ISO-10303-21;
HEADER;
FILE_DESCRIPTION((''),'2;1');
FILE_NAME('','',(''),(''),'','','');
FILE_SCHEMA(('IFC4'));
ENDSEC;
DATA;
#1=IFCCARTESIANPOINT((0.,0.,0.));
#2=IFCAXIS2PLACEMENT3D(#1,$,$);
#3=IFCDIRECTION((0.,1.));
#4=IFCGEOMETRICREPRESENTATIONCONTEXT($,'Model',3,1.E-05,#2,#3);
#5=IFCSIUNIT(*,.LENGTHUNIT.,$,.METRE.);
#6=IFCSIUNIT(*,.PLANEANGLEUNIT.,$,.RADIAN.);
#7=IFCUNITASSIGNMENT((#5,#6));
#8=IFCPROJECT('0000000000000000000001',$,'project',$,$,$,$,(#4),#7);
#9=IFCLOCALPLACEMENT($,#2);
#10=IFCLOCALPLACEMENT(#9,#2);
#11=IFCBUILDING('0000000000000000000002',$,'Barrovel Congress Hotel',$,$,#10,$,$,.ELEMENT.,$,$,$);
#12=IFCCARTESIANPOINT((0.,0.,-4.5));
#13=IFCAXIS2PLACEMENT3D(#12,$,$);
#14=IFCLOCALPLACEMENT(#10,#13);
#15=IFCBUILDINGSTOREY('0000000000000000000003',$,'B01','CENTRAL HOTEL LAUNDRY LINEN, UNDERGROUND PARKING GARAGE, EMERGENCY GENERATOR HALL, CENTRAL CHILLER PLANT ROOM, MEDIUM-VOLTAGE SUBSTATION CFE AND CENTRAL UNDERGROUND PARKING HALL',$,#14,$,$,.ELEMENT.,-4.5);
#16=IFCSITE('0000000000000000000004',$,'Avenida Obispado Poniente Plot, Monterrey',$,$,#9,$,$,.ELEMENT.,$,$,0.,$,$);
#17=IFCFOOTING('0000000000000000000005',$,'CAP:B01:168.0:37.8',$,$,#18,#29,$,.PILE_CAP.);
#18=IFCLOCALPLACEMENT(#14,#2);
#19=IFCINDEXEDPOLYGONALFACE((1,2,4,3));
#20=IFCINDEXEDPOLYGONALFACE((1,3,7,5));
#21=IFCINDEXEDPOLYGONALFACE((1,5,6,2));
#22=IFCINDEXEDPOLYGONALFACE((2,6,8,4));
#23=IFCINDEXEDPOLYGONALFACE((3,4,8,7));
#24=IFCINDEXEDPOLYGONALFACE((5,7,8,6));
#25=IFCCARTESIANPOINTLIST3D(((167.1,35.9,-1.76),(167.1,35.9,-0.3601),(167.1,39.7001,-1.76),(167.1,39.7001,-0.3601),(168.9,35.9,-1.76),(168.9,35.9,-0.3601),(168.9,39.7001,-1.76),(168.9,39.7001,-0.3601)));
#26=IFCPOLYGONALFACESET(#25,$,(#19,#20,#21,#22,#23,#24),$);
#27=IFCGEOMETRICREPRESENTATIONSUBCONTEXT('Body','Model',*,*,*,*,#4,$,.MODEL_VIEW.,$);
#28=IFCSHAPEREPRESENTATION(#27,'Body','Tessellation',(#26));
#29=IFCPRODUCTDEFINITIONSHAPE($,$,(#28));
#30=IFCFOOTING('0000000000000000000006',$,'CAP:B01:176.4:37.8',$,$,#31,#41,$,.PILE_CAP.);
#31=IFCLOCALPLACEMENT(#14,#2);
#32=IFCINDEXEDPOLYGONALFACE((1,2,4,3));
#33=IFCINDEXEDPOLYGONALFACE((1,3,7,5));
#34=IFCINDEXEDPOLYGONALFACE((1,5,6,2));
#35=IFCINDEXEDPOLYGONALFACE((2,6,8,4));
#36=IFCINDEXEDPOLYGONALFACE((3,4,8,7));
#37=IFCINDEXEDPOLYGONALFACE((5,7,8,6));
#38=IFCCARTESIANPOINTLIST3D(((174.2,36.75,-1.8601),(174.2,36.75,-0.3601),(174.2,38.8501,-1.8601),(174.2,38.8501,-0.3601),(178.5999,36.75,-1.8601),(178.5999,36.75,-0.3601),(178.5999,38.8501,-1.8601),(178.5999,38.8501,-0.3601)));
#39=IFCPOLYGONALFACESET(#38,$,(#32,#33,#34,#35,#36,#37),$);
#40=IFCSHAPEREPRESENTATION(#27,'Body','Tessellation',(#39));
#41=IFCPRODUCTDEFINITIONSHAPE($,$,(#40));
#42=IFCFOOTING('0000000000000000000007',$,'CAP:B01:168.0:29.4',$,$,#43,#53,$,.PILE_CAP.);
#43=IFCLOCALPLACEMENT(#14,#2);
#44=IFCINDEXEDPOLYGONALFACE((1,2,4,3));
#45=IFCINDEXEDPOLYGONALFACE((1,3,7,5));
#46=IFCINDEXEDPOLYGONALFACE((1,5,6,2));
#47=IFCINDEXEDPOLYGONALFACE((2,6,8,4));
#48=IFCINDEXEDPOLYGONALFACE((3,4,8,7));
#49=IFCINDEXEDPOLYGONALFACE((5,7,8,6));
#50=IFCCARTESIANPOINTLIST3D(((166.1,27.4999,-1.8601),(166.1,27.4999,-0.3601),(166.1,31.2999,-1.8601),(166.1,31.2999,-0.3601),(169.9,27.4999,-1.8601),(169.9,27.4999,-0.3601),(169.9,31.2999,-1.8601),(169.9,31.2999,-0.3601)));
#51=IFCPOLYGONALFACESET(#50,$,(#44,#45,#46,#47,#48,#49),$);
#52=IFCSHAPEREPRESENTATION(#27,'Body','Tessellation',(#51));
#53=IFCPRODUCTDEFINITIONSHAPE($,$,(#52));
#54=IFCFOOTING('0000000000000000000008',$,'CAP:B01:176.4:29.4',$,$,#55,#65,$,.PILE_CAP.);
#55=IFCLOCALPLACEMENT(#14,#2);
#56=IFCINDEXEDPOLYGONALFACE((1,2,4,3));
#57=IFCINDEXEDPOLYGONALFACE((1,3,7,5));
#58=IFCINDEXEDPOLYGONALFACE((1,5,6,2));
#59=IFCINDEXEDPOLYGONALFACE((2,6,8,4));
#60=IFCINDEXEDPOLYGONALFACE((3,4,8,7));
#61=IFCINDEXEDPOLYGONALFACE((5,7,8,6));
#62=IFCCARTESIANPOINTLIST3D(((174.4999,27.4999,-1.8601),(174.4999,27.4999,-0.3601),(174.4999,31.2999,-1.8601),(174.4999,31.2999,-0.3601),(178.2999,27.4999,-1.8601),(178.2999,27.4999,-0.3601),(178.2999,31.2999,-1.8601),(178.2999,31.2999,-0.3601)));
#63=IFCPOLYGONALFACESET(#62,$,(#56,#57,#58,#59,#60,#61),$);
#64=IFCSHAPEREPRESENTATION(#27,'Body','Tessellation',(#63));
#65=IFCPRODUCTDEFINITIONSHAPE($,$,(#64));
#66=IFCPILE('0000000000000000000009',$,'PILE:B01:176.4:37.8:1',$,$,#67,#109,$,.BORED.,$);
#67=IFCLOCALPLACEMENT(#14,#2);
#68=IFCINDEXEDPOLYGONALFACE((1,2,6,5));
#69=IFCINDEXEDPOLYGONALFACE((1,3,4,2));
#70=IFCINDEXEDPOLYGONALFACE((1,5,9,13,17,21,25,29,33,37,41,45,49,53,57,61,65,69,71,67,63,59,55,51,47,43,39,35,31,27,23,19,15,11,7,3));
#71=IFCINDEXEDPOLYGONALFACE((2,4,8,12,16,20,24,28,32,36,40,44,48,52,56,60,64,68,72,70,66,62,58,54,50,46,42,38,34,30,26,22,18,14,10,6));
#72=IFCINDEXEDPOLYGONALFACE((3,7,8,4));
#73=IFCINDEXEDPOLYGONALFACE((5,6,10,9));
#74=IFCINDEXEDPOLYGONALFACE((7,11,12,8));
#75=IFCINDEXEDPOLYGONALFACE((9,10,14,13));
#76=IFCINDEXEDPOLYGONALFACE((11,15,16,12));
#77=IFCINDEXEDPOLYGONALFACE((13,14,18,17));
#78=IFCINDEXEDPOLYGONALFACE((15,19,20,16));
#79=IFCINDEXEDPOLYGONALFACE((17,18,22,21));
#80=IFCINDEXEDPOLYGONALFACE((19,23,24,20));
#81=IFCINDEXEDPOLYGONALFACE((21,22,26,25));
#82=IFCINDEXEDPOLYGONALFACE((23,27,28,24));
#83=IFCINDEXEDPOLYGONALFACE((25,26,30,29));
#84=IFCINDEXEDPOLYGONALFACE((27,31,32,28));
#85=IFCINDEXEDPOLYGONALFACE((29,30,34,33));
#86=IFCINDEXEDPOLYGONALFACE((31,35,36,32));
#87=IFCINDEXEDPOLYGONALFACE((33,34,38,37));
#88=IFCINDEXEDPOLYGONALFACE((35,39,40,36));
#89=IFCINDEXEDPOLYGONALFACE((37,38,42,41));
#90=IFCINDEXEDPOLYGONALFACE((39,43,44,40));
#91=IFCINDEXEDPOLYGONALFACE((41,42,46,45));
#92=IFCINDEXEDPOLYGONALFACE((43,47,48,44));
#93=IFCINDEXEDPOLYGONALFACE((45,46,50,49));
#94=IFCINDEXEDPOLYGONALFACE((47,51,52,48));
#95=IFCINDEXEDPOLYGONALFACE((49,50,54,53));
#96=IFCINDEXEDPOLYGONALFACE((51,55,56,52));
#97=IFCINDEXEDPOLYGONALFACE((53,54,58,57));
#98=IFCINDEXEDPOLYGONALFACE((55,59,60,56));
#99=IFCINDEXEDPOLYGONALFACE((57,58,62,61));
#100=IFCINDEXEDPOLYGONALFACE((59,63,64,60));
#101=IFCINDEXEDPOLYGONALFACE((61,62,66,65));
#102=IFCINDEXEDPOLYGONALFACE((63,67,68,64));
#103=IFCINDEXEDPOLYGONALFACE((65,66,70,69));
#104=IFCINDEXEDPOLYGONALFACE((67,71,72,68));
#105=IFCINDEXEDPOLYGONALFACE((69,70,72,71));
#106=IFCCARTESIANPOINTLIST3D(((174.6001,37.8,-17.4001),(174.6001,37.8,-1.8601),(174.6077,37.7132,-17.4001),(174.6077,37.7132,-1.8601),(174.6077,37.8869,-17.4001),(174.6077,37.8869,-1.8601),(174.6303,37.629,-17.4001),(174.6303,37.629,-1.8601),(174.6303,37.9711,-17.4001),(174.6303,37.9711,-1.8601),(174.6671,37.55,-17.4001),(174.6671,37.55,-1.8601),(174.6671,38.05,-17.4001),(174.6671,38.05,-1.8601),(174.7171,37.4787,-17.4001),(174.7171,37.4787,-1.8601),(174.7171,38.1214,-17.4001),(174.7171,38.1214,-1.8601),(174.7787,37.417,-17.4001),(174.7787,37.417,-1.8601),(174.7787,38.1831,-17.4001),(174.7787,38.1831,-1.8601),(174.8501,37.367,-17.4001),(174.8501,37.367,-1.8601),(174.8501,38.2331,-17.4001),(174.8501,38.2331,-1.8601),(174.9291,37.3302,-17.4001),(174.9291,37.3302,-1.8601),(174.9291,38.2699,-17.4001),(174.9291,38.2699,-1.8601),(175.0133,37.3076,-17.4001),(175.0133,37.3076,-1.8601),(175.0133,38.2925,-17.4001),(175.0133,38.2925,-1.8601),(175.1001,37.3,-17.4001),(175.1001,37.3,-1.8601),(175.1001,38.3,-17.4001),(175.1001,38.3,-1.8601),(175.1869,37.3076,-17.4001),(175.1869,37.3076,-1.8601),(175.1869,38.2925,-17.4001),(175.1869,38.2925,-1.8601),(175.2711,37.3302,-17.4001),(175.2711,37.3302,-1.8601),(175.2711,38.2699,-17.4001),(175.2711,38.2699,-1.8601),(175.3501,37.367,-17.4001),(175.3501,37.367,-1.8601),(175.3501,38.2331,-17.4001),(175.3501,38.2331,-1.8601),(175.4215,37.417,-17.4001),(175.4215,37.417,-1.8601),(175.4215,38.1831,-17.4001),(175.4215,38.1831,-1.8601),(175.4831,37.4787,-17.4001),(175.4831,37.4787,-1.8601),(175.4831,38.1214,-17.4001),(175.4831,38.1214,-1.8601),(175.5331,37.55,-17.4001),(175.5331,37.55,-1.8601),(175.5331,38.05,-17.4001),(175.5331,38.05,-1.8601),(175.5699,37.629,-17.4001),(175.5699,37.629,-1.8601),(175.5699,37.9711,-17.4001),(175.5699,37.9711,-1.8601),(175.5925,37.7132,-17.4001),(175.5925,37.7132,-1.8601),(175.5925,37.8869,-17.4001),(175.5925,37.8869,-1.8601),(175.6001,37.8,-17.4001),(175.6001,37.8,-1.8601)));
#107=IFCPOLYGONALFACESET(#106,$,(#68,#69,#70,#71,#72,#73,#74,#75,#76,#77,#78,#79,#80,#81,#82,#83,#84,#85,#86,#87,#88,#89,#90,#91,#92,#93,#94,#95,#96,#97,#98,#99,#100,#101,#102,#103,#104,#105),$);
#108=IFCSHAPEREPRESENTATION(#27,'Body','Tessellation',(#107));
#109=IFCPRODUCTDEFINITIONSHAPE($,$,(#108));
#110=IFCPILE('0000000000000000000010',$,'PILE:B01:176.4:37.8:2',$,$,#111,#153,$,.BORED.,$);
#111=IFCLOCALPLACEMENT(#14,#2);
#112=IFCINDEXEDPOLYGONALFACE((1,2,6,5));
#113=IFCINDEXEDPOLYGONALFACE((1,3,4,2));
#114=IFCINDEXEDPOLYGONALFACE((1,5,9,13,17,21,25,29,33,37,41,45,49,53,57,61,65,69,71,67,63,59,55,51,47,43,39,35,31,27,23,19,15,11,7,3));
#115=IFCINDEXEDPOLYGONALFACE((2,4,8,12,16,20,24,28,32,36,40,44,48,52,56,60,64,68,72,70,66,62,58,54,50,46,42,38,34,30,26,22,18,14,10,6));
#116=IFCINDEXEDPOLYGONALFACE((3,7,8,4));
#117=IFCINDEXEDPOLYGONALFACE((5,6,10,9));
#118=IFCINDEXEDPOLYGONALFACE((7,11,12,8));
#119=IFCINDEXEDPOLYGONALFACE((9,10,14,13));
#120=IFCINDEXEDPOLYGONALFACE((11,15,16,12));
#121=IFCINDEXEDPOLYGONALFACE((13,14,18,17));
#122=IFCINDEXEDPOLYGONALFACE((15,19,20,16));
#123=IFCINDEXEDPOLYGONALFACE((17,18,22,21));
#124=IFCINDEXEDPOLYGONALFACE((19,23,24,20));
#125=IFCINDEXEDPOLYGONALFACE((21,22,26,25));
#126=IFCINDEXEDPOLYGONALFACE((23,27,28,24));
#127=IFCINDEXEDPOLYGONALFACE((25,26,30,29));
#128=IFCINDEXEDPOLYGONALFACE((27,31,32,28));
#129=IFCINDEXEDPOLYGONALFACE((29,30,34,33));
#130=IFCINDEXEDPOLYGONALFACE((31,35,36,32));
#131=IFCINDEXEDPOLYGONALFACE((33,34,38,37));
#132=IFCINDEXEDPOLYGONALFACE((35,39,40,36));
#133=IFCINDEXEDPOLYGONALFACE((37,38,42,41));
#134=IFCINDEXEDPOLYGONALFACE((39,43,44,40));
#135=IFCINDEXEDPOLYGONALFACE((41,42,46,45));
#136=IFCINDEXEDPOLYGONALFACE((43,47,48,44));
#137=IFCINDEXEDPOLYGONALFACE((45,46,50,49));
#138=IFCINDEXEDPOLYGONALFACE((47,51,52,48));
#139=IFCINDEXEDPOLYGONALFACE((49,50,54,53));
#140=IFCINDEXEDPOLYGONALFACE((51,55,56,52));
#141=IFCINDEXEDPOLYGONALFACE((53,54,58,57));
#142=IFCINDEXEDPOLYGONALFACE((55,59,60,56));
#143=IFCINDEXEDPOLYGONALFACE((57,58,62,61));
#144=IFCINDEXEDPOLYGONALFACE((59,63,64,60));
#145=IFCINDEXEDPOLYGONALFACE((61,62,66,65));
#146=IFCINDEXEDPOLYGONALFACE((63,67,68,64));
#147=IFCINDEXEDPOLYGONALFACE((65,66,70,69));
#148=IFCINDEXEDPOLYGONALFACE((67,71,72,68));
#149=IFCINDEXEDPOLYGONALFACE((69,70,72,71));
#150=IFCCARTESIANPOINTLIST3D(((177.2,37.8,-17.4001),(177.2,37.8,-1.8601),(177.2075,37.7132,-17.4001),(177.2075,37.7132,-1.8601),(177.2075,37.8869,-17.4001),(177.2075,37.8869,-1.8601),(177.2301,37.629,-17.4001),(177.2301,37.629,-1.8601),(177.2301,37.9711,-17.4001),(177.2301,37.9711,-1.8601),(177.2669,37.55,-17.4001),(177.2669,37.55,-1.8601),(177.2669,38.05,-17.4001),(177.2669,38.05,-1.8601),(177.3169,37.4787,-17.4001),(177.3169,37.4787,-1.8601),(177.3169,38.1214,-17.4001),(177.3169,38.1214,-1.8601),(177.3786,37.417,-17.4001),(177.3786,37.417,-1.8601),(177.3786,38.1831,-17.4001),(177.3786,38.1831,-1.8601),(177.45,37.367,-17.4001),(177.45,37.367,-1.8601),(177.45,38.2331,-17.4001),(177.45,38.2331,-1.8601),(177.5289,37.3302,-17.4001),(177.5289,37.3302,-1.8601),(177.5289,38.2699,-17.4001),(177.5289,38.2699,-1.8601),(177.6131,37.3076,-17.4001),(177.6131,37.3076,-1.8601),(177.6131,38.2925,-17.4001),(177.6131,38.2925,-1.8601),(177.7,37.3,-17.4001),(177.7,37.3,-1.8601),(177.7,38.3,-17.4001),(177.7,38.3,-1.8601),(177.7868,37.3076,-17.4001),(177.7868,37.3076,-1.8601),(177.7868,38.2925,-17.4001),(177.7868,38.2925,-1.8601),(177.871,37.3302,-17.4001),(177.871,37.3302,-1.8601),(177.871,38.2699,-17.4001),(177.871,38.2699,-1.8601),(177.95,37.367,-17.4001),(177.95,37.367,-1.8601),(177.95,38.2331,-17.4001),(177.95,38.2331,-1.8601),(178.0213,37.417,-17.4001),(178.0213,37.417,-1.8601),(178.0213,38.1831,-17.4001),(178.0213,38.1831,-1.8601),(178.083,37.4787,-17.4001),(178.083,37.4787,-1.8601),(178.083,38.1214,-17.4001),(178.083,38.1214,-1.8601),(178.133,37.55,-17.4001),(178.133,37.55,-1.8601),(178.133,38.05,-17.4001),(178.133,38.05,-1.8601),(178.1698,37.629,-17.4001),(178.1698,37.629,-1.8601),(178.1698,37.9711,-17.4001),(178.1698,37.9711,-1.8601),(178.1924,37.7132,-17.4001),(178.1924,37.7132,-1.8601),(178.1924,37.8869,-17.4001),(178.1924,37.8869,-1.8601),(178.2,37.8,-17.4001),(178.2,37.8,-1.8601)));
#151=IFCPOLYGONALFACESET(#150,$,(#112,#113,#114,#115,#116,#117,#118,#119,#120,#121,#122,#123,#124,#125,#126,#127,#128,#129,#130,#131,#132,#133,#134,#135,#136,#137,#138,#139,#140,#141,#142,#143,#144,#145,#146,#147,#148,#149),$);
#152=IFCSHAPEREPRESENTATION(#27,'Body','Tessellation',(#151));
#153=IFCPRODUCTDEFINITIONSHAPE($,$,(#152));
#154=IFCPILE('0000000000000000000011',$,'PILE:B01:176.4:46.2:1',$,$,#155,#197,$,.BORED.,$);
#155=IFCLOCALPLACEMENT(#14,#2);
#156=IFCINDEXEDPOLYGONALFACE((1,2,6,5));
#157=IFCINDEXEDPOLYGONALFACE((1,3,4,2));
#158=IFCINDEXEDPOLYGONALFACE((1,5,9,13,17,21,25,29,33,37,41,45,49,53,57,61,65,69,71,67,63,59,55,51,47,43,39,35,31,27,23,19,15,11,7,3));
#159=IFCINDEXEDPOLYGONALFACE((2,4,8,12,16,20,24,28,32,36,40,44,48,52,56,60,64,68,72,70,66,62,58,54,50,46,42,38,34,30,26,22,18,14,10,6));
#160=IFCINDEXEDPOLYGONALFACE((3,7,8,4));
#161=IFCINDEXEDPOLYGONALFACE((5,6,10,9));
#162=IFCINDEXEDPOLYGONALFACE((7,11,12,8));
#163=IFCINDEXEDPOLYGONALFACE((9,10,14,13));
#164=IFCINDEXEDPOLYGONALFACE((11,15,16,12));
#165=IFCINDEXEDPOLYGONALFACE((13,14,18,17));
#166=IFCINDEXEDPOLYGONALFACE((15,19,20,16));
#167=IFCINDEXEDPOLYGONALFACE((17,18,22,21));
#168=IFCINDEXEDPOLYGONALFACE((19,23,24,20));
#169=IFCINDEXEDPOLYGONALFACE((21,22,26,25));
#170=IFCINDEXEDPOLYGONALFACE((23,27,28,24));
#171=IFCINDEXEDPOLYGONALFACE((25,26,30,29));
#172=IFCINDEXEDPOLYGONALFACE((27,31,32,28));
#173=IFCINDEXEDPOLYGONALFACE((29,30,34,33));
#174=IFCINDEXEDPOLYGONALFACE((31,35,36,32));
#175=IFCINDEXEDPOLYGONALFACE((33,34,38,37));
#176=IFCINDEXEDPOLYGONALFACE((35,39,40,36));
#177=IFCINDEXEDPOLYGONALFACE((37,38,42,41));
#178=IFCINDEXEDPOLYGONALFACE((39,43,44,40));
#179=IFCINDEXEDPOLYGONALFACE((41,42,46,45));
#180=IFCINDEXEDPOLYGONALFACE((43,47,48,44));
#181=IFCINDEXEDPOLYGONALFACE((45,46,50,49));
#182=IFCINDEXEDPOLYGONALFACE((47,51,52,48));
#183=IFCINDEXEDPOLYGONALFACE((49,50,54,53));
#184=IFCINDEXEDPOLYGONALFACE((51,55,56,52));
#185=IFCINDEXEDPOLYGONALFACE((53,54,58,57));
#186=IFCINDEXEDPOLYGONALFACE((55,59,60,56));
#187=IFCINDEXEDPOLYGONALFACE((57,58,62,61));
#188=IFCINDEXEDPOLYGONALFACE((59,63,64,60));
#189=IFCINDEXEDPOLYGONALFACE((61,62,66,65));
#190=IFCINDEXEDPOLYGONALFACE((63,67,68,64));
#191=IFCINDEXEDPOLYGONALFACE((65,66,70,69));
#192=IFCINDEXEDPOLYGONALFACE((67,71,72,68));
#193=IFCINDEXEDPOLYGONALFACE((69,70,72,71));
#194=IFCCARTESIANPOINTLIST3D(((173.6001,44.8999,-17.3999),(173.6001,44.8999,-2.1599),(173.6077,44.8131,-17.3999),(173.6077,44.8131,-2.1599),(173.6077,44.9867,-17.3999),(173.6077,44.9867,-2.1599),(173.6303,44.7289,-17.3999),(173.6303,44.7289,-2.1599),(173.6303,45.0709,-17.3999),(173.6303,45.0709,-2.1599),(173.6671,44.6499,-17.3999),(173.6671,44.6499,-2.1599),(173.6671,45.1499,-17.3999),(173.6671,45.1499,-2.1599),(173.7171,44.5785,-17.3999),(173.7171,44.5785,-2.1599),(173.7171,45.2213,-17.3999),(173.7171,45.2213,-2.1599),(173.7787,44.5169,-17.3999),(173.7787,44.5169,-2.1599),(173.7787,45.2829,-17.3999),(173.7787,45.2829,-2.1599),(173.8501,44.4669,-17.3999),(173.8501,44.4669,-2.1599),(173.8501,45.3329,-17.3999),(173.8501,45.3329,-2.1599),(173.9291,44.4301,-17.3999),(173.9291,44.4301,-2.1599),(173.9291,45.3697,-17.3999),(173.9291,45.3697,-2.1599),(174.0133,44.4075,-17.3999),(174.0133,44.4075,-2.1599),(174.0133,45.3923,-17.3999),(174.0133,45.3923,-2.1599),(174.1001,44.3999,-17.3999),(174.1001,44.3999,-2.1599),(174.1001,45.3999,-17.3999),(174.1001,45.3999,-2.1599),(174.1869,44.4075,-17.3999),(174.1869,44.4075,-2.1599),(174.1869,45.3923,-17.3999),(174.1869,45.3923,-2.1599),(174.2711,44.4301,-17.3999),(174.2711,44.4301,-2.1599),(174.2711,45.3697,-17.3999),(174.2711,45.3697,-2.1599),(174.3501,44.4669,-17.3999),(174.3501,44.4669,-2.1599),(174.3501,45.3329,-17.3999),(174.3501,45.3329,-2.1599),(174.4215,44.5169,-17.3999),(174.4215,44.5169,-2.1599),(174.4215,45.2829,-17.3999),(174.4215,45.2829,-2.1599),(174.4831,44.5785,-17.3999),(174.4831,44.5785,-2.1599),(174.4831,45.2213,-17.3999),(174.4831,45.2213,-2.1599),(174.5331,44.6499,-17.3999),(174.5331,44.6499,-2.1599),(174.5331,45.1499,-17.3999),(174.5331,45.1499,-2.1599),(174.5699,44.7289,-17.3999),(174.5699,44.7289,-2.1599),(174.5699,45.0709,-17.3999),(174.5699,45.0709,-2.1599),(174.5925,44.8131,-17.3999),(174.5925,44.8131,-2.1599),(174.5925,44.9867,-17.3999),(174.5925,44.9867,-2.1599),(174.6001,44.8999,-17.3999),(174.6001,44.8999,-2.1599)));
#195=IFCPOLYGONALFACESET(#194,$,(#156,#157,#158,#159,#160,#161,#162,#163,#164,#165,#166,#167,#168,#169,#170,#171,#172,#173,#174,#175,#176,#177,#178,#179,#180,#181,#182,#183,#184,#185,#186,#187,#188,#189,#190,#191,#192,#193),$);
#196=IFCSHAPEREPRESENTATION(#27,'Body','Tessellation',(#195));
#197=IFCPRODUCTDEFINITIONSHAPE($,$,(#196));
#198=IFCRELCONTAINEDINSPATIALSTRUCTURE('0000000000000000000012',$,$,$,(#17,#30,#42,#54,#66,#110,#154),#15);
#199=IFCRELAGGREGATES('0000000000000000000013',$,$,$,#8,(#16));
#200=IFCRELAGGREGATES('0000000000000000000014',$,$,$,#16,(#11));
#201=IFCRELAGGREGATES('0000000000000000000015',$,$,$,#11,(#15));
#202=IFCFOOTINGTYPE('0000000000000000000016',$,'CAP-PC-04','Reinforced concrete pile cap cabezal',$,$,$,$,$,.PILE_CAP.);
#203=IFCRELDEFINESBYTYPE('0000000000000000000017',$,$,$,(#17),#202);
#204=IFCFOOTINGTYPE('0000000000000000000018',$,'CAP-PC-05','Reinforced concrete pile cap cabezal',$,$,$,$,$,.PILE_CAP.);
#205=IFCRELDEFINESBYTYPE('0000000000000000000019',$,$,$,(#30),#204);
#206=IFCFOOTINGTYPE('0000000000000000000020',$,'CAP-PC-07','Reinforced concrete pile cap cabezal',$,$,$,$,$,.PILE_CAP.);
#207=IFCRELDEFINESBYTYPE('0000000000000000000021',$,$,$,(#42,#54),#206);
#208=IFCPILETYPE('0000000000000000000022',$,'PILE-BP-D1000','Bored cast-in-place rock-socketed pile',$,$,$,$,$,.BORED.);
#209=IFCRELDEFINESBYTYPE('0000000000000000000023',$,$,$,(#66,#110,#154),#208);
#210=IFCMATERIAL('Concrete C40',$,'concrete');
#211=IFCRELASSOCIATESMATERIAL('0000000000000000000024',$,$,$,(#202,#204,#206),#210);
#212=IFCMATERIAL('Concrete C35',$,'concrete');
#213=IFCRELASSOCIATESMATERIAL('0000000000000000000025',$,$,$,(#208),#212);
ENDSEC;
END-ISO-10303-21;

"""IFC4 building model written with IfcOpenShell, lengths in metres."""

from ifc_helpers import new_model, si_unit, direction, frame, origin, origin_2d, place, context, subcontext, project, spatial, rectangle, circle, extrude, material, material_profile, profile_set, type_object, element, save


model = new_model("IFC4")

# Units and contexts
model_context = context("Model", 3, precision=1e-05, world=origin(), true_north=direction((0.0, 1.0)))
body_context = subcontext(model_context, "Body", "Model", "MODEL_VIEW")
ifc_project = project(units=[si_unit("LENGTHUNIT", "METRE"), si_unit("PLANEANGLEUNIT", "RADIAN")], contexts=[model_context])

# Site, building, storey
site_placement = place(None, origin())
site = spatial("IfcSite", under=ifc_project, at=site_placement, Name="Avenida Obispado Poniente Plot, Monterrey", CompositionType="ELEMENT", RefElevation=0.0)
building_placement = place(site_placement, origin())
building = spatial("IfcBuilding", under=site, at=building_placement, Name="Barrovel Congress Hotel", CompositionType="ELEMENT")
storey_placement = place(building_placement, frame((0.0, 0.0, -4.5)))
storey = spatial("IfcBuildingStorey", under=building, at=storey_placement, Name="B01", Description="CENTRAL HOTEL LAUNDRY LINEN, UNDERGROUND PARKING GARAGE, EMERGENCY GENERATOR HALL, CENTRAL CHILLER PLANT ROOM, MEDIUM-VOLTAGE SUBSTATION CFE AND CENTRAL UNDERGROUND PARKING HALL", CompositionType="ELEMENT", Elevation=-4.5)

# Footings
ifc_material_1 = material(Name="Concrete C40", Category="concrete")
footing_type_1 = type_object("IfcFootingType", Name="CAP-PC-04", Description="Reinforced concrete pile cap cabezal", PredefinedType="PILE_CAP", material=ifc_material_1)
footing_1_placement = place(storey_placement, frame((168.0, 37.8, -1.76), z_axis=(0.0, 0.0, 1.0), x_axis=(1.0, 0.0, 0.0)))
element("IfcFooting", 1, at=footing_1_placement, inside=storey, type_object=footing_type_1, Name="CAP:B01:168.0:37.8", PredefinedType="PILE_CAP", context=body_context, shape_type="SweptSolid", body=[
    extrude(rectangle(XDim=1.8, YDim=3.8, at=origin_2d()), origin(), (0.0, 0.0, 1.0), 1.3999),
])
footing_type_2 = type_object("IfcFootingType", Name="CAP-PC-05", Description="Reinforced concrete pile cap cabezal", PredefinedType="PILE_CAP", material=ifc_material_1)
footing_2_placement = place(storey_placement, frame((176.3999, 37.8, -1.8601), z_axis=(0.0, 0.0, 1.0), x_axis=(1.0, 0.0, 0.0)))
element("IfcFooting", 2, at=footing_2_placement, inside=storey, type_object=footing_type_2, Name="CAP:B01:176.4:37.8", PredefinedType="PILE_CAP", context=body_context, shape_type="SweptSolid", body=[
    extrude(rectangle(XDim=4.3999, YDim=2.1001, at=origin_2d()), origin(), (0.0, 0.0, 1.0), 1.5),
])
footing_type_3 = type_object("IfcFootingType", Name="CAP-PC-07", Description="Reinforced concrete pile cap cabezal", PredefinedType="PILE_CAP", material=ifc_material_1)
for number, where, z_axis, x_axis, name in (
    (3, (168.0, 29.3999, -1.8601), (0.0, 0.0, 1.0), (1.0, 0.0, 0.0), "CAP:B01:168.0:29.4"),
    (4, (176.3999, 29.3999, -1.8601), (0.0, 0.0, 1.0), (1.0, 0.0, 0.0), "CAP:B01:176.4:29.4"),
):
    element("IfcFooting", number, at=place(storey_placement, frame(where, z_axis=z_axis, x_axis=x_axis)), inside=storey, type_object=footing_type_3, Name=name, PredefinedType="PILE_CAP", context=body_context, shape_type="SweptSolid", body=[
        extrude(rectangle(XDim=3.8, YDim=3.8, at=origin_2d()), origin(), (0.0, 0.0, 1.0), 1.5),
    ])

# Piles
ifc_material_2 = material(Name="Concrete C35", Category="concrete")
ifc_material_profile_1 = material_profile(ifc_material_2, circle(Radius=0.5, at=origin_2d()), Name="BP-D1000")
ifc_profile_set_1 = profile_set([ifc_material_profile_1], Name="Concrete C35")
pile_type_1 = type_object("IfcPileType", Name="PILE-BP-D1000", Description="Bored cast-in-place rock-socketed pile", PredefinedType="BORED", material=ifc_profile_set_1)
for number, where, z_axis, x_axis, name in (
    (5, (175.1001, 37.8, -1.8601), (0.0, 0.0, -1.0), (1.0, 0.0, 0.0), "PILE:B01:176.4:37.8:1"),
    (6, (177.7, 37.8, -1.8601), (0.0, 0.0, -1.0), (1.0, 0.0, 0.0), "PILE:B01:176.4:37.8:2"),
):
    element("IfcPile", number, at=place(storey_placement, frame(where, z_axis=z_axis, x_axis=x_axis)), inside=storey, type_object=pile_type_1, Name=name, PredefinedType="BORED", context=body_context, shape_type="SweptSolid", body=[
        extrude(circle(Radius=0.5, at=origin_2d()), origin(), (0.0, 0.0, 1.0), 15.54),
    ])
for number, where, z_axis, x_axis, name in (
    (7, (174.1001, 44.8999, -2.1599), (0.0, 0.0, -1.0), (1.0, 0.0, 0.0), "PILE:B01:176.4:46.2:1"),
):
    element("IfcPile", number, at=place(storey_placement, frame(where, z_axis=z_axis, x_axis=x_axis)), inside=storey, type_object=pile_type_1, Name=name, PredefinedType="BORED", context=body_context, shape_type="SweptSolid", body=[
        extrude(circle(Radius=0.5, at=origin_2d()), origin(), (0.0, 0.0, 1.0), 15.24),
    ])

save(model, "model.ifc")
